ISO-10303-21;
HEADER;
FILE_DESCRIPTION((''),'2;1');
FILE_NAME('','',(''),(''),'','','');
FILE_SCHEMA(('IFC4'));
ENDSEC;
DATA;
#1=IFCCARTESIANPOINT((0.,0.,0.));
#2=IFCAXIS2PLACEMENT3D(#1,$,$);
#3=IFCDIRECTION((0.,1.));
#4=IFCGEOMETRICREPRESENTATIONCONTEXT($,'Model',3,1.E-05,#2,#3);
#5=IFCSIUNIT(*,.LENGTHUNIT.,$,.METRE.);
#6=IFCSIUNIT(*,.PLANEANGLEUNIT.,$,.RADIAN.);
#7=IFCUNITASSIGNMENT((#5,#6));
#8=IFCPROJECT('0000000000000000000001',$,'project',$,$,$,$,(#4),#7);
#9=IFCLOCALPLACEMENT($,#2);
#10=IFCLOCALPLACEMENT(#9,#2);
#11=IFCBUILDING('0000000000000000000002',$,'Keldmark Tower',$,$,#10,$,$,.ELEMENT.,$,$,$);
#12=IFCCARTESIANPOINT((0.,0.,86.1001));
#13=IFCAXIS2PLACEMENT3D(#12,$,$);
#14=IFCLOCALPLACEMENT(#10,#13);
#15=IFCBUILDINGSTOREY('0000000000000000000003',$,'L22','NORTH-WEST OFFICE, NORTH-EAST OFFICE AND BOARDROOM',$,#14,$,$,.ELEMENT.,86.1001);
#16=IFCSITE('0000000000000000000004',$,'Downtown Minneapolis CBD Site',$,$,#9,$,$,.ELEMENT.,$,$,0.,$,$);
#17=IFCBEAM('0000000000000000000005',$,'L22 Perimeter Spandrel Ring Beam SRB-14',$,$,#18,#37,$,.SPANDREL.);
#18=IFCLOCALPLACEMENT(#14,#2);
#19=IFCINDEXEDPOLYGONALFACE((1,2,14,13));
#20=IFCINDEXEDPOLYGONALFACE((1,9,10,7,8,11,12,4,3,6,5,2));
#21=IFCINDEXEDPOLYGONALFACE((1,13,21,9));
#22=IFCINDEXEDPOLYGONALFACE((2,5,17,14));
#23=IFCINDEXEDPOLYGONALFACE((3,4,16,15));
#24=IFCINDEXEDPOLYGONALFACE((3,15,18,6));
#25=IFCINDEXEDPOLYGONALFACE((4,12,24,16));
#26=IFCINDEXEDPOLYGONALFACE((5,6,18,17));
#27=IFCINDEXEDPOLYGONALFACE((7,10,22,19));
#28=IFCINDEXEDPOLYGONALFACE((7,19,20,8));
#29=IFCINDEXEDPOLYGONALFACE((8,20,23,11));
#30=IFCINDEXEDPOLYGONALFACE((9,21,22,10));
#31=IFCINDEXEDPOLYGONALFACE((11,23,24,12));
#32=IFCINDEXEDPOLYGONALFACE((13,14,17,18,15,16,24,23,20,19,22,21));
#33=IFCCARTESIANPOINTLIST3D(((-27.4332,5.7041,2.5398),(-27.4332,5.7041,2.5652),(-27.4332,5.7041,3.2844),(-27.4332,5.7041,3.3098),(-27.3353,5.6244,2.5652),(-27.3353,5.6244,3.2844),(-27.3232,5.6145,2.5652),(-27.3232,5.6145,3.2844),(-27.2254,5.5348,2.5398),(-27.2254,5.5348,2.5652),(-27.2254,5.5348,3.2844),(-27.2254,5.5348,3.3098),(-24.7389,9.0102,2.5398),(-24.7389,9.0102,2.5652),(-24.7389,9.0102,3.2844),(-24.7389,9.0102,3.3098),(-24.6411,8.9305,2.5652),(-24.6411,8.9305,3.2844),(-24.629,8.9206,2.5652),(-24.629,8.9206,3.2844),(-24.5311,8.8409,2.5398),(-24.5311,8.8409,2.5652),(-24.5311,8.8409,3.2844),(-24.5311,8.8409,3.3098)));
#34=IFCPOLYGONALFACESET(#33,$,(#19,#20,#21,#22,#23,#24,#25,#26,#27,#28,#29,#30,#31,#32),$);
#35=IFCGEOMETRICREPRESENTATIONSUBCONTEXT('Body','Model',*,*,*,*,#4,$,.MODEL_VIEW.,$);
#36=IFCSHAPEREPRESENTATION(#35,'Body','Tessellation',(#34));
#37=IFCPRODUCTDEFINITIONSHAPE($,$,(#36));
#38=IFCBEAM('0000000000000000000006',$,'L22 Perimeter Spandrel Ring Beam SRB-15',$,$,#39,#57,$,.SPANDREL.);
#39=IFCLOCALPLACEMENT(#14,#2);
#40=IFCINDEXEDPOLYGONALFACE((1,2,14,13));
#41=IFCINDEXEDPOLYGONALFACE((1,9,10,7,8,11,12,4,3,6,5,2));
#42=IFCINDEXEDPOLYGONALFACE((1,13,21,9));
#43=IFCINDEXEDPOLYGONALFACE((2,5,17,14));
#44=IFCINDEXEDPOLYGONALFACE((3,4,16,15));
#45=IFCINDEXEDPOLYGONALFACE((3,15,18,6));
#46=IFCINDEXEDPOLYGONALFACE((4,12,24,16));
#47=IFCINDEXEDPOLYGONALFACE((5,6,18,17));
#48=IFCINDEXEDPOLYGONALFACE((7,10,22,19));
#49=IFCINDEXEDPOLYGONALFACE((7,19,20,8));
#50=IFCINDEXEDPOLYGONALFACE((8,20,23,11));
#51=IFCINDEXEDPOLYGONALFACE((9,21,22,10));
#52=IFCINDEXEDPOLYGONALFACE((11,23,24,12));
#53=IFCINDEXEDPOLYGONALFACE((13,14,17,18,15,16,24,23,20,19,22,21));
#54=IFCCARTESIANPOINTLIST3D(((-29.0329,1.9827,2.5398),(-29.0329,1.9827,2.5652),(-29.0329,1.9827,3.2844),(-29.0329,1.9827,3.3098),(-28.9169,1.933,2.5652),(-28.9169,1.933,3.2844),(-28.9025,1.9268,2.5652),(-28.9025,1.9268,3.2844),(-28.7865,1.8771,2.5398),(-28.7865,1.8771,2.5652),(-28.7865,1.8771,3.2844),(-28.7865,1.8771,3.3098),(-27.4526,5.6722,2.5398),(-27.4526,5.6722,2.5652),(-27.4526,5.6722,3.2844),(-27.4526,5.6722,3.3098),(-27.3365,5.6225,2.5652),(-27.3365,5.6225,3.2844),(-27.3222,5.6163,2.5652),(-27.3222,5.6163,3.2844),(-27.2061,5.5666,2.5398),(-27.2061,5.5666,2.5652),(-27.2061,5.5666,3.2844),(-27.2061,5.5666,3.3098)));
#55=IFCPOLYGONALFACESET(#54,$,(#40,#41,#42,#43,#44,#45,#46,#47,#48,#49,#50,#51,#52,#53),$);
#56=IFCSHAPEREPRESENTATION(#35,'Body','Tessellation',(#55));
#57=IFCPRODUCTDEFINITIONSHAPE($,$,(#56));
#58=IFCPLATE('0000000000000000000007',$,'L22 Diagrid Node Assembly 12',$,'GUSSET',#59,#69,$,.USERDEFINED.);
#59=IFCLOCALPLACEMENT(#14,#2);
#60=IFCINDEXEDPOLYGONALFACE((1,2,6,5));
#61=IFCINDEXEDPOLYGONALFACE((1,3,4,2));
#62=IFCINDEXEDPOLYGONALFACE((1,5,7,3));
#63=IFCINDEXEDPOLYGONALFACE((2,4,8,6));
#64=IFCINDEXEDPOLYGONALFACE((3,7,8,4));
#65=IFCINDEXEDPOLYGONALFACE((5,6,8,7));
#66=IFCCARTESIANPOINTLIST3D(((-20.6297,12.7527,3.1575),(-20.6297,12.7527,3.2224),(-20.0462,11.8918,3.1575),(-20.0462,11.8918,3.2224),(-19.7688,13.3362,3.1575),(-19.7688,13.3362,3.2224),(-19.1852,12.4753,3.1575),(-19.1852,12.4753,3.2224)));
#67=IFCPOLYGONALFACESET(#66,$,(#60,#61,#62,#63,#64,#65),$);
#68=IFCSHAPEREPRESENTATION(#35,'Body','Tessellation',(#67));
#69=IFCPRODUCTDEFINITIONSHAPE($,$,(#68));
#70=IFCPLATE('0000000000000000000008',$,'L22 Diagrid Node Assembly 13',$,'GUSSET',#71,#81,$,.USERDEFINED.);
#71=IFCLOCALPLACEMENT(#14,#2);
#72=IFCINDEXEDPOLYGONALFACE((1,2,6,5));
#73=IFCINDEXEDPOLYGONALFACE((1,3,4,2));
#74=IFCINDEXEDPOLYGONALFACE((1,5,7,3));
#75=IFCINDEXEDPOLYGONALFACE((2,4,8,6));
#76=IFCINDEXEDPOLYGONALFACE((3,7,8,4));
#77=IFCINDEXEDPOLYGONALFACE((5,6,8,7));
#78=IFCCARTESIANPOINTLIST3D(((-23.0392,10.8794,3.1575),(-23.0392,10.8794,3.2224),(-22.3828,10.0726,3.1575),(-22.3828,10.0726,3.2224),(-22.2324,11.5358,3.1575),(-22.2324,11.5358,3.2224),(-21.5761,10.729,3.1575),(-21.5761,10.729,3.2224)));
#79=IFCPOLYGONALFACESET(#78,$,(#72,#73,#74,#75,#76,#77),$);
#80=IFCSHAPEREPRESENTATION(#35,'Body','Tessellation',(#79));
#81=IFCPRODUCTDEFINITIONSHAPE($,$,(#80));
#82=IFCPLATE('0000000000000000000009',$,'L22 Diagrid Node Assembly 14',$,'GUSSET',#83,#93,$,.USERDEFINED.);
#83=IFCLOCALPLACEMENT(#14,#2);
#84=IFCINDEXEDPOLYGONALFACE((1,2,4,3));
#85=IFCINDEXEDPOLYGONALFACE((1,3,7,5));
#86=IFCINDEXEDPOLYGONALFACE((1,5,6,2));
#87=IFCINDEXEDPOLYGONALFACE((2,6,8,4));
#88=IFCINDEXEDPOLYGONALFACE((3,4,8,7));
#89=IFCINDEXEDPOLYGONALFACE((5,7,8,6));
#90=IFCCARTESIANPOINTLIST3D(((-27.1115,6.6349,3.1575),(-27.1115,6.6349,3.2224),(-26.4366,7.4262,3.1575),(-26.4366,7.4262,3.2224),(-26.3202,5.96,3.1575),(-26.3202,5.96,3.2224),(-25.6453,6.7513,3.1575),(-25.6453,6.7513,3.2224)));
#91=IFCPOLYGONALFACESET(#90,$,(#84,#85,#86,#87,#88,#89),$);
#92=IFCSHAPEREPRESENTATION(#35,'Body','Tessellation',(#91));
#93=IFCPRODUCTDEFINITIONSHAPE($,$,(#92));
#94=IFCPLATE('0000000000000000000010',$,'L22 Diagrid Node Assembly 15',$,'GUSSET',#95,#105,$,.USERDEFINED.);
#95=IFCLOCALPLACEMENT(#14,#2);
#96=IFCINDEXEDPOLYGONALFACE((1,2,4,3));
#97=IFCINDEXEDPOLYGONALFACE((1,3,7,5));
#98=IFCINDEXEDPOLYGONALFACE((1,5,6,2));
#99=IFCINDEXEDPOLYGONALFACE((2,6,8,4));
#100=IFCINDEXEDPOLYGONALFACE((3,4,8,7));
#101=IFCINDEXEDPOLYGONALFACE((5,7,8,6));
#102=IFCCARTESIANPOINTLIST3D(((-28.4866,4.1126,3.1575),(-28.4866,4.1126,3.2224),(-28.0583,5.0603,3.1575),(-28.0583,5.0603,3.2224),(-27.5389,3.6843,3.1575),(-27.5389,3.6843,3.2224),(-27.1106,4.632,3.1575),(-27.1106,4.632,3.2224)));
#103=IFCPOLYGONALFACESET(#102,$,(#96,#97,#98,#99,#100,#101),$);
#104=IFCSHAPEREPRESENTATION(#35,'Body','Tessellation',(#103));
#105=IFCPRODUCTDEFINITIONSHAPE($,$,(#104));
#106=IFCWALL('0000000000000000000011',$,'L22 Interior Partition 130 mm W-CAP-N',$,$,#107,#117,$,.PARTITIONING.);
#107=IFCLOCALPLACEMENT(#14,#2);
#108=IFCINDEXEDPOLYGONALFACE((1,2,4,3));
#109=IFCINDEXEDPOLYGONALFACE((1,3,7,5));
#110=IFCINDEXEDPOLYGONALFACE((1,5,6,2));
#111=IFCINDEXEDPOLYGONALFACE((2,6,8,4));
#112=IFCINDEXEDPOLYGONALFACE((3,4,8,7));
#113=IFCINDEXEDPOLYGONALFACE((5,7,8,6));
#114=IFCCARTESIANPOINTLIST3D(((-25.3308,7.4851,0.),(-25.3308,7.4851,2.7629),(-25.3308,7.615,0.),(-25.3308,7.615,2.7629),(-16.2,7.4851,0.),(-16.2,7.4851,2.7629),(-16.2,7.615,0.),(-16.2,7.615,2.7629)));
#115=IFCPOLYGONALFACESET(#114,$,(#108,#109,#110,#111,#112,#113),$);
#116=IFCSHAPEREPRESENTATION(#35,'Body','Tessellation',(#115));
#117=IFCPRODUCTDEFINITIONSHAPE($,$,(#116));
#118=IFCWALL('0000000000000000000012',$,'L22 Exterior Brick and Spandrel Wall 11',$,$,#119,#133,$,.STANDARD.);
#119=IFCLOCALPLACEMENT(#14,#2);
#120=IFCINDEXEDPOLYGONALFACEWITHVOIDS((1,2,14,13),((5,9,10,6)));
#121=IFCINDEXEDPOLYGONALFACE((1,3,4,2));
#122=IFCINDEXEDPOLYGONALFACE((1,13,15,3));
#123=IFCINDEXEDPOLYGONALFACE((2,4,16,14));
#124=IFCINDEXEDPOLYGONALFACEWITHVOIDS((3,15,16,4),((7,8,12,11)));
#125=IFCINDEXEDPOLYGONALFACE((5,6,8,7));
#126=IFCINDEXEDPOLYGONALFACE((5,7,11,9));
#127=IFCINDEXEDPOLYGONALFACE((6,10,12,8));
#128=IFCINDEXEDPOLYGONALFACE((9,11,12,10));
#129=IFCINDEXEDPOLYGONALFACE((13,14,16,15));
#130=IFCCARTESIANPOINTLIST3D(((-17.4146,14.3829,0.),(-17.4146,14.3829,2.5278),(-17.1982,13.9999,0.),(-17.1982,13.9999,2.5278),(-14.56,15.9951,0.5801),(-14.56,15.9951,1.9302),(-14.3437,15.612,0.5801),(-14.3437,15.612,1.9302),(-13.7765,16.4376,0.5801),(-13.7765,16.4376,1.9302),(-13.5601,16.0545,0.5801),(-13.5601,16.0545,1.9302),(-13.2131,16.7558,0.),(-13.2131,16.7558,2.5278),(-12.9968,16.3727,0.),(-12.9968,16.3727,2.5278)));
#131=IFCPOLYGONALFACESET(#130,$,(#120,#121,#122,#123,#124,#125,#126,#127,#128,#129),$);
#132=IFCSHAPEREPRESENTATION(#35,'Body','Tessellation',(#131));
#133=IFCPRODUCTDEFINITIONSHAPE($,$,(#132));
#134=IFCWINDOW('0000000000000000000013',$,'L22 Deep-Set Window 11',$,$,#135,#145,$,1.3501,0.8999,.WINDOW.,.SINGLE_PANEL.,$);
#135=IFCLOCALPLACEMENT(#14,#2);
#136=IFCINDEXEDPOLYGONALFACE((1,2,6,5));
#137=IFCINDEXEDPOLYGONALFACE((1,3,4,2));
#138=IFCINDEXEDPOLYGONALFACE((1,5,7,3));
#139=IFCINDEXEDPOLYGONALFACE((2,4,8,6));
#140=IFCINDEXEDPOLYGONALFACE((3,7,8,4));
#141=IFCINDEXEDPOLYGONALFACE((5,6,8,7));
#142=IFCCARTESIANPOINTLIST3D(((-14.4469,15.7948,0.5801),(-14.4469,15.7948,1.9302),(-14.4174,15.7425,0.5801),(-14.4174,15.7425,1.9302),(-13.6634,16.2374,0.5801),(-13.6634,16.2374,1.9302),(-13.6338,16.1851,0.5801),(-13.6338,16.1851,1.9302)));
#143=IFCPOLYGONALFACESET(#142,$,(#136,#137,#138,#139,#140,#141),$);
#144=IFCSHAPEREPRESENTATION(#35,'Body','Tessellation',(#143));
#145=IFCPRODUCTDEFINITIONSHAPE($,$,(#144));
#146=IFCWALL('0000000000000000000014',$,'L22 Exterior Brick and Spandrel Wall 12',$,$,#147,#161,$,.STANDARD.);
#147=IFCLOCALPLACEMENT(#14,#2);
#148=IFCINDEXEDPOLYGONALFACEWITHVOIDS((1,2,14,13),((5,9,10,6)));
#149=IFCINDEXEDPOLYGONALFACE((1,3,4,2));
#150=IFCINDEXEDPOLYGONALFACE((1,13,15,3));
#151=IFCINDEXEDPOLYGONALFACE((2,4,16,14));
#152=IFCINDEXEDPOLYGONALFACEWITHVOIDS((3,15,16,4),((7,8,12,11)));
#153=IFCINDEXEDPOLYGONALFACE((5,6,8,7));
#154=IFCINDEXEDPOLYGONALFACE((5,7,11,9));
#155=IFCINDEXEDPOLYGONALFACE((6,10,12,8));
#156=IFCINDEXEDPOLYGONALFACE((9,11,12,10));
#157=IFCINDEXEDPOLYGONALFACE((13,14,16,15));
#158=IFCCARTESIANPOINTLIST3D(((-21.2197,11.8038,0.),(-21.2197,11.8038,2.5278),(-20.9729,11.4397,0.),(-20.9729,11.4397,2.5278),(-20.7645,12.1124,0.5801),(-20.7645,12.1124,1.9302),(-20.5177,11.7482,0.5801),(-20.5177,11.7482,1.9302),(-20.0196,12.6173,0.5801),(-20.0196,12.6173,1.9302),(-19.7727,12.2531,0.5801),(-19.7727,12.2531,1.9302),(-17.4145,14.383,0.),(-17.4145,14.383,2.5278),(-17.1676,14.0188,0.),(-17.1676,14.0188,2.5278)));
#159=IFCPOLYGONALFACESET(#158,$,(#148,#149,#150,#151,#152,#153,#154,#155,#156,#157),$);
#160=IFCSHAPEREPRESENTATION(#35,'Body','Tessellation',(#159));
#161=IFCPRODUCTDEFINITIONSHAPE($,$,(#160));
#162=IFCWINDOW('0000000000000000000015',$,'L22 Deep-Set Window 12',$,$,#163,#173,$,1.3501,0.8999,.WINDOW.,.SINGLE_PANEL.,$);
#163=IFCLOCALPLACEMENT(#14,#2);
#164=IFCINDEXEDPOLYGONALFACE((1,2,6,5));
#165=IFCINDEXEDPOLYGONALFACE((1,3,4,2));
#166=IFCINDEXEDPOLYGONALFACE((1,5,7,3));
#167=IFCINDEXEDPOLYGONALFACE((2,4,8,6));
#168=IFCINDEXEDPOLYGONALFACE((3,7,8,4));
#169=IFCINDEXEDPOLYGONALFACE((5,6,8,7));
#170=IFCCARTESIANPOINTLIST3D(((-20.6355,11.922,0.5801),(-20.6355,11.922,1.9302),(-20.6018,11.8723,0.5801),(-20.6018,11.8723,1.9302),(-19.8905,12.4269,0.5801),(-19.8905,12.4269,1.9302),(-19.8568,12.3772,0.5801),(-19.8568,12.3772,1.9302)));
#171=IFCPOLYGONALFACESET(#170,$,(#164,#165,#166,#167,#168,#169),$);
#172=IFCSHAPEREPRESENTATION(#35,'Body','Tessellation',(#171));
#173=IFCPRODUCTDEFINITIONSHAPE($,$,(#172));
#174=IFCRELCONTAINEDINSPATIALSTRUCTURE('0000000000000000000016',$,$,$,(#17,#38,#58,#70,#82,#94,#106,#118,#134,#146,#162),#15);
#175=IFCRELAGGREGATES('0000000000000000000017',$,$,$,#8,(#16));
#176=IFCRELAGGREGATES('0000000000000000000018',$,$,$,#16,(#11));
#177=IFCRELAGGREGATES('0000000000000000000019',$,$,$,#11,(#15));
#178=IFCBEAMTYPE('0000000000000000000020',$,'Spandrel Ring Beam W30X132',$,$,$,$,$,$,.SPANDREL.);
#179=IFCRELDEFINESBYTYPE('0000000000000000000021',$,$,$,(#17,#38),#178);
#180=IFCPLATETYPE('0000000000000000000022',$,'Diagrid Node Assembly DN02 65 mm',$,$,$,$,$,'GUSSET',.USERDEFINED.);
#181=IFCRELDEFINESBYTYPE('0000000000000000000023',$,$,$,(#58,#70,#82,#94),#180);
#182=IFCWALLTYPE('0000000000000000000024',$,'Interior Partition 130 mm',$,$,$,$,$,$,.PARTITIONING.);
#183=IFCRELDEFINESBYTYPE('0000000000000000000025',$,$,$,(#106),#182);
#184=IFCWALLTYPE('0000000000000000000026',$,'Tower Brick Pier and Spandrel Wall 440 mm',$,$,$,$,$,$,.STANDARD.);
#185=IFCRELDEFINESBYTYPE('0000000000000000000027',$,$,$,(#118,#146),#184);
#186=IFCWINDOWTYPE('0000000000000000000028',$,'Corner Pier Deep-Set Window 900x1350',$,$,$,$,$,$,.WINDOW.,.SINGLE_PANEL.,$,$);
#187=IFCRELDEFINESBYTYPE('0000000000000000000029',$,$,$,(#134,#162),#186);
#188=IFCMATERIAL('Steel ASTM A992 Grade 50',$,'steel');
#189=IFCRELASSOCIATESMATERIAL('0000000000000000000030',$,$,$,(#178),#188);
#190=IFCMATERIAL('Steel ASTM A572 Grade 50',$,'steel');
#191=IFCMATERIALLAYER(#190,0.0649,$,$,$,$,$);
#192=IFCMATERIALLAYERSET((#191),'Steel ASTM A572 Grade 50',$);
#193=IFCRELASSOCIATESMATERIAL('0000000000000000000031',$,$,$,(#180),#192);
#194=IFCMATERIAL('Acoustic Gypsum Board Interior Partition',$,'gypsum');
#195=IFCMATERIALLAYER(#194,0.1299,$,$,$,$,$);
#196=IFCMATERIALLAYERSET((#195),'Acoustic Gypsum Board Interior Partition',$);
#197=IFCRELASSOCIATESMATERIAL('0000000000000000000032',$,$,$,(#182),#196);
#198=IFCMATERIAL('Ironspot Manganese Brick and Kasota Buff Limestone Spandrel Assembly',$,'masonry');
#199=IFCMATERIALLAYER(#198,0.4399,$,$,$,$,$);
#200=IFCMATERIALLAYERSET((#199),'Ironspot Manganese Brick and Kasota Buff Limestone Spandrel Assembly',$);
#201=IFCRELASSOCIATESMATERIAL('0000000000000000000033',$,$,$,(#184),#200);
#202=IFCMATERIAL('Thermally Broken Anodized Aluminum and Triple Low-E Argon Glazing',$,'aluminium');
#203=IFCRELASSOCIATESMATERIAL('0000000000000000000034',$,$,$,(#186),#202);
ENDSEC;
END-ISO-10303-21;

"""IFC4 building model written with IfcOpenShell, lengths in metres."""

from ifc_helpers import new_model, si_unit, direction, frame, frame_2d, origin, origin_2d, place, context, subcontext, project, spatial, rectangle, i_section, extrude, material, layer, layer_set, material_profile, profile_set, type_object, element, fill, save


model = new_model("IFC4")

# Units and contexts
model_context = context("Model", 3, precision=1e-05, world=origin(), true_north=direction((0.0, 1.0)))
body_context = subcontext(model_context, "Body", "Model", "MODEL_VIEW")
ifc_project = project(units=[si_unit("LENGTHUNIT", "METRE"), si_unit("PLANEANGLEUNIT", "RADIAN")], contexts=[model_context])

# Site, building, storey
site_placement = place(None, origin())
site = spatial("IfcSite", under=ifc_project, at=site_placement, Name="Downtown Minneapolis CBD Site", CompositionType="ELEMENT", RefElevation=0.0)
building_placement = place(site_placement, origin())
building = spatial("IfcBuilding", under=site, at=building_placement, Name="Keldmark Tower", CompositionType="ELEMENT")
storey_placement = place(building_placement, frame((0.0, 0.0, 86.1001)))
storey = spatial("IfcBuildingStorey", under=building, at=storey_placement, Name="L22", Description="NORTH-WEST OFFICE, NORTH-EAST OFFICE AND BOARDROOM", CompositionType="ELEMENT", Elevation=86.1001)

# Beams
ifc_material_1 = material(Name="Steel ASTM A992 Grade 50", Category="steel")
ifc_material_profile_1 = material_profile(ifc_material_1, i_section(OverallWidth=0.2681, OverallDepth=0.77, WebThickness=0.0156, FlangeThickness=0.0254, at=origin_2d()), Name="W30X132")
ifc_profile_set_1 = profile_set([ifc_material_profile_1], Name="Steel ASTM A992 Grade 50")
beam_type_1 = type_object("IfcBeamType", Name="Spandrel Ring Beam W30X132", PredefinedType="SPANDREL", material=ifc_profile_set_1)
beam_1_placement = place(storey_placement, frame((-24.635, 8.9255, 2.9248), z_axis=(-0.631734, -0.775185, 0.0), x_axis=(0.775185, -0.631734, 0.0)))
element("IfcBeam", 1, at=beam_1_placement, inside=storey, type_object=beam_type_1, Name="L22 Perimeter Spandrel Ring Beam SRB-14", PredefinedType="SPANDREL", context=body_context, shape_type="SweptSolid", body=[
    extrude(i_section(OverallWidth=0.2681, OverallDepth=0.77, WebThickness=0.0156, FlangeThickness=0.0254, at=origin_2d()), origin(), (0.0, 0.0, 1.0), 4.2649),
])
beam_2_placement = place(storey_placement, frame((-27.3293, 5.6194, 2.9248), z_axis=(-0.393736, -0.919224, 0.0), x_axis=(0.919224, -0.393736, 0.0)))
element("IfcBeam", 2, at=beam_2_placement, inside=storey, type_object=beam_type_1, Name="L22 Perimeter Spandrel Ring Beam SRB-15", PredefinedType="SPANDREL", context=body_context, shape_type="SweptSolid", body=[
    extrude(i_section(OverallWidth=0.2681, OverallDepth=0.77, WebThickness=0.0156, FlangeThickness=0.0254, at=origin_2d()), origin(), (0.0, 0.0, 1.0), 4.0137),
])

# Plates
ifc_material_2 = material(Name="Steel ASTM A572 Grade 50", Category="steel")
ifc_layer_1 = layer(ifc_material_2, 0.0649)
ifc_layer_set_1 = layer_set([ifc_layer_1], Name="Steel ASTM A572 Grade 50")
plate_type = type_object("IfcPlateType", Name="Diagrid Node Assembly DN02 65 mm", ElementType="GUSSET", PredefinedType="USERDEFINED", material=ifc_layer_set_1)
for number, where, z_axis, x_axis, name in (
    (3, (-19.9075, 12.614, 3.1575), (0.0, 0.0, 1.0), (-0.827767, -0.561072, 0.0), "L22 Diagrid Node Assembly 12"),
    (4, (-22.3076, 10.8042, 3.1575), (0.0, 0.0, 1.0), (-0.775716, -0.631082, 0.0), "L22 Diagrid Node Assembly 13"),
    (5, (-26.3784, 6.6931, 3.1575), (0.0, 0.0, 1.0), (-0.648917, -0.760859, 0.0), "L22 Diagrid Node Assembly 14"),
    (6, (-27.7986, 4.3723, 3.1575), (0.0, 0.0, 1.0), (-0.411832, -0.91126, 0.0), "L22 Diagrid Node Assembly 15"),
):
    element("IfcPlate", number, at=place(storey_placement, frame(where, z_axis=z_axis, x_axis=x_axis)), inside=storey, type_object=plate_type, Name=name, ObjectType="GUSSET", PredefinedType="USERDEFINED", context=body_context, shape_type="SweptSolid", body=[
        extrude(rectangle(XDim=1.04, YDim=1.04, at=origin_2d()), origin(), (0.0, 0.0, 1.0), 0.0649),
    ])

# Wall
ifc_material_3 = material(Name="Acoustic Gypsum Board Interior Partition", Category="gypsum")
ifc_layer_2 = layer(ifc_material_3, 0.1299)
ifc_layer_set_2 = layer_set([ifc_layer_2], Name="Acoustic Gypsum Board Interior Partition")
wall_type_1 = type_object("IfcWallType", Name="Interior Partition 130 mm", PredefinedType="PARTITIONING", material=ifc_layer_set_2)
wall_1_placement = place(storey_placement, frame((-25.3308, 7.55, 0.0), z_axis=(0.0, 0.0, 1.0), x_axis=(1.0, 0.0, 0.0)))
element("IfcWall", 7, at=wall_1_placement, inside=storey, type_object=wall_type_1, Name="L22 Interior Partition 130 mm W-CAP-N", PredefinedType="PARTITIONING", context=body_context, shape_type="SweptSolid", body=[
    extrude(rectangle(XDim=9.1309, YDim=0.1299, at=frame_2d((4.5654, 0.0))), origin(), (0.0, 0.0, 1.0), 2.7629),
])

# Walls, openings, windows
ifc_material_4 = material(Name="Ironspot Manganese Brick and Kasota Buff Limestone Spandrel Assembly", Category="masonry")
ifc_layer_3 = layer(ifc_material_4, 0.4399)
ifc_layer_set_3 = layer_set([ifc_layer_3], Name="Ironspot Manganese Brick and Kasota Buff Limestone Spandrel Assembly")
wall_type_2 = type_object("IfcWallType", Name="Tower Brick Pier and Spandrel Wall 440 mm", PredefinedType="STANDARD", material=ifc_layer_set_3)
wall_2_placement = place(storey_placement, frame((-17.3064, 14.1914, 0.0), z_axis=(0.0, 0.0, 1.0), x_axis=(0.870732, 0.491757, 0.0)))
wall_2 = element("IfcWall", 8, at=wall_2_placement, inside=storey, type_object=wall_type_2, Name="L22 Exterior Brick and Spandrel Wall 11", PredefinedType="STANDARD", context=body_context, shape_type="SweptSolid", body=[
    extrude(rectangle(XDim=4.8252, YDim=0.4399, at=frame_2d((2.4126, 0.0))), origin(), (0.0, 0.0, 1.0), 2.5278),
])
opening_1_placement = place(wall_2_placement, frame((3.2783, 0.0, 0.5801)))
opening_1 = element("IfcOpeningElement", 9, at=opening_1_placement, cuts=wall_2, PredefinedType="OPENING", context=body_context, shape_type="SweptSolid", body=[
    extrude(rectangle(XDim=0.8999, YDim=1.3501, at=frame_2d((0.45, 0.675))), frame((0.0, 0.23, 0.0), z_axis=(0.0, -1.0, 0.0), x_axis=(1.0, 0.0, 0.0)), (0.0, 0.0, 1.0), 0.46),
])
ifc_material_5 = material(Name="Thermally Broken Anodized Aluminum and Triple Low-E Argon Glazing", Category="aluminium")
window_type = type_object("IfcWindowType", Name="Corner Pier Deep-Set Window 900x1350", PartitioningType="SINGLE_PANEL", PredefinedType="WINDOW", material=ifc_material_5)
window_1_placement = place(opening_1_placement, origin())
window_1 = element("IfcWindow", 10, at=window_1_placement, inside=storey, type_object=window_type, Name="L22 Deep-Set Window 11", OverallHeight=1.3501, OverallWidth=0.8999, PartitioningType="SINGLE_PANEL", PredefinedType="WINDOW", context=body_context, shape_type="SweptSolid", body=[
    extrude(rectangle(XDim=0.8999, YDim=1.3501, at=frame_2d((0.45, 0.675))), frame((0.0, -0.01, 0.0), z_axis=(0.0, -1.0, 0.0), x_axis=(1.0, 0.0, 0.0)), (0.0, 0.0, 1.0), 0.0601),
])
fill(opening_1, window_1)
wall_3_placement = place(storey_placement, frame((-21.0962, 11.6218, 0.0), z_axis=(0.0, 0.0, 1.0), x_axis=(0.827777, 0.561057, 0.0)))
wall_3 = element("IfcWall", 11, at=wall_3_placement, inside=storey, type_object=wall_type_2, Name="L22 Exterior Brick and Spandrel Wall 12", PredefinedType="STANDARD", context=body_context, shape_type="SweptSolid", body=[
    extrude(rectangle(XDim=4.5969, YDim=0.4399, at=frame_2d((2.2983, 0.0))), origin(), (0.0, 0.0, 1.0), 2.5278),
])
opening_2_placement = place(wall_3_placement, frame((0.5498, 0.0, 0.5801)))
opening_2 = element("IfcOpeningElement", 12, at=opening_2_placement, cuts=wall_3, PredefinedType="OPENING", context=body_context, shape_type="SweptSolid", body=[
    extrude(rectangle(XDim=0.8999, YDim=1.3501, at=frame_2d((0.45, 0.675))), frame((0.0, 0.23, 0.0), z_axis=(0.0, -1.0, 0.0), x_axis=(1.0, 0.0, 0.0)), (0.0, 0.0, 1.0), 0.46),
])
window_2_placement = place(opening_2_placement, origin())
window_2 = element("IfcWindow", 13, at=window_2_placement, inside=storey, type_object=window_type, Name="L22 Deep-Set Window 12", OverallHeight=1.3501, OverallWidth=0.8999, PartitioningType="SINGLE_PANEL", PredefinedType="WINDOW", context=body_context, shape_type="SweptSolid", body=[
    extrude(rectangle(XDim=0.8999, YDim=1.3501, at=frame_2d((0.45, 0.675))), frame((0.0, -0.01, 0.0), z_axis=(0.0, -1.0, 0.0), x_axis=(1.0, 0.0, 0.0)), (0.0, 0.0, 1.0), 0.0601),
])
fill(opening_2, window_2)

save(model, "model.ifc")
